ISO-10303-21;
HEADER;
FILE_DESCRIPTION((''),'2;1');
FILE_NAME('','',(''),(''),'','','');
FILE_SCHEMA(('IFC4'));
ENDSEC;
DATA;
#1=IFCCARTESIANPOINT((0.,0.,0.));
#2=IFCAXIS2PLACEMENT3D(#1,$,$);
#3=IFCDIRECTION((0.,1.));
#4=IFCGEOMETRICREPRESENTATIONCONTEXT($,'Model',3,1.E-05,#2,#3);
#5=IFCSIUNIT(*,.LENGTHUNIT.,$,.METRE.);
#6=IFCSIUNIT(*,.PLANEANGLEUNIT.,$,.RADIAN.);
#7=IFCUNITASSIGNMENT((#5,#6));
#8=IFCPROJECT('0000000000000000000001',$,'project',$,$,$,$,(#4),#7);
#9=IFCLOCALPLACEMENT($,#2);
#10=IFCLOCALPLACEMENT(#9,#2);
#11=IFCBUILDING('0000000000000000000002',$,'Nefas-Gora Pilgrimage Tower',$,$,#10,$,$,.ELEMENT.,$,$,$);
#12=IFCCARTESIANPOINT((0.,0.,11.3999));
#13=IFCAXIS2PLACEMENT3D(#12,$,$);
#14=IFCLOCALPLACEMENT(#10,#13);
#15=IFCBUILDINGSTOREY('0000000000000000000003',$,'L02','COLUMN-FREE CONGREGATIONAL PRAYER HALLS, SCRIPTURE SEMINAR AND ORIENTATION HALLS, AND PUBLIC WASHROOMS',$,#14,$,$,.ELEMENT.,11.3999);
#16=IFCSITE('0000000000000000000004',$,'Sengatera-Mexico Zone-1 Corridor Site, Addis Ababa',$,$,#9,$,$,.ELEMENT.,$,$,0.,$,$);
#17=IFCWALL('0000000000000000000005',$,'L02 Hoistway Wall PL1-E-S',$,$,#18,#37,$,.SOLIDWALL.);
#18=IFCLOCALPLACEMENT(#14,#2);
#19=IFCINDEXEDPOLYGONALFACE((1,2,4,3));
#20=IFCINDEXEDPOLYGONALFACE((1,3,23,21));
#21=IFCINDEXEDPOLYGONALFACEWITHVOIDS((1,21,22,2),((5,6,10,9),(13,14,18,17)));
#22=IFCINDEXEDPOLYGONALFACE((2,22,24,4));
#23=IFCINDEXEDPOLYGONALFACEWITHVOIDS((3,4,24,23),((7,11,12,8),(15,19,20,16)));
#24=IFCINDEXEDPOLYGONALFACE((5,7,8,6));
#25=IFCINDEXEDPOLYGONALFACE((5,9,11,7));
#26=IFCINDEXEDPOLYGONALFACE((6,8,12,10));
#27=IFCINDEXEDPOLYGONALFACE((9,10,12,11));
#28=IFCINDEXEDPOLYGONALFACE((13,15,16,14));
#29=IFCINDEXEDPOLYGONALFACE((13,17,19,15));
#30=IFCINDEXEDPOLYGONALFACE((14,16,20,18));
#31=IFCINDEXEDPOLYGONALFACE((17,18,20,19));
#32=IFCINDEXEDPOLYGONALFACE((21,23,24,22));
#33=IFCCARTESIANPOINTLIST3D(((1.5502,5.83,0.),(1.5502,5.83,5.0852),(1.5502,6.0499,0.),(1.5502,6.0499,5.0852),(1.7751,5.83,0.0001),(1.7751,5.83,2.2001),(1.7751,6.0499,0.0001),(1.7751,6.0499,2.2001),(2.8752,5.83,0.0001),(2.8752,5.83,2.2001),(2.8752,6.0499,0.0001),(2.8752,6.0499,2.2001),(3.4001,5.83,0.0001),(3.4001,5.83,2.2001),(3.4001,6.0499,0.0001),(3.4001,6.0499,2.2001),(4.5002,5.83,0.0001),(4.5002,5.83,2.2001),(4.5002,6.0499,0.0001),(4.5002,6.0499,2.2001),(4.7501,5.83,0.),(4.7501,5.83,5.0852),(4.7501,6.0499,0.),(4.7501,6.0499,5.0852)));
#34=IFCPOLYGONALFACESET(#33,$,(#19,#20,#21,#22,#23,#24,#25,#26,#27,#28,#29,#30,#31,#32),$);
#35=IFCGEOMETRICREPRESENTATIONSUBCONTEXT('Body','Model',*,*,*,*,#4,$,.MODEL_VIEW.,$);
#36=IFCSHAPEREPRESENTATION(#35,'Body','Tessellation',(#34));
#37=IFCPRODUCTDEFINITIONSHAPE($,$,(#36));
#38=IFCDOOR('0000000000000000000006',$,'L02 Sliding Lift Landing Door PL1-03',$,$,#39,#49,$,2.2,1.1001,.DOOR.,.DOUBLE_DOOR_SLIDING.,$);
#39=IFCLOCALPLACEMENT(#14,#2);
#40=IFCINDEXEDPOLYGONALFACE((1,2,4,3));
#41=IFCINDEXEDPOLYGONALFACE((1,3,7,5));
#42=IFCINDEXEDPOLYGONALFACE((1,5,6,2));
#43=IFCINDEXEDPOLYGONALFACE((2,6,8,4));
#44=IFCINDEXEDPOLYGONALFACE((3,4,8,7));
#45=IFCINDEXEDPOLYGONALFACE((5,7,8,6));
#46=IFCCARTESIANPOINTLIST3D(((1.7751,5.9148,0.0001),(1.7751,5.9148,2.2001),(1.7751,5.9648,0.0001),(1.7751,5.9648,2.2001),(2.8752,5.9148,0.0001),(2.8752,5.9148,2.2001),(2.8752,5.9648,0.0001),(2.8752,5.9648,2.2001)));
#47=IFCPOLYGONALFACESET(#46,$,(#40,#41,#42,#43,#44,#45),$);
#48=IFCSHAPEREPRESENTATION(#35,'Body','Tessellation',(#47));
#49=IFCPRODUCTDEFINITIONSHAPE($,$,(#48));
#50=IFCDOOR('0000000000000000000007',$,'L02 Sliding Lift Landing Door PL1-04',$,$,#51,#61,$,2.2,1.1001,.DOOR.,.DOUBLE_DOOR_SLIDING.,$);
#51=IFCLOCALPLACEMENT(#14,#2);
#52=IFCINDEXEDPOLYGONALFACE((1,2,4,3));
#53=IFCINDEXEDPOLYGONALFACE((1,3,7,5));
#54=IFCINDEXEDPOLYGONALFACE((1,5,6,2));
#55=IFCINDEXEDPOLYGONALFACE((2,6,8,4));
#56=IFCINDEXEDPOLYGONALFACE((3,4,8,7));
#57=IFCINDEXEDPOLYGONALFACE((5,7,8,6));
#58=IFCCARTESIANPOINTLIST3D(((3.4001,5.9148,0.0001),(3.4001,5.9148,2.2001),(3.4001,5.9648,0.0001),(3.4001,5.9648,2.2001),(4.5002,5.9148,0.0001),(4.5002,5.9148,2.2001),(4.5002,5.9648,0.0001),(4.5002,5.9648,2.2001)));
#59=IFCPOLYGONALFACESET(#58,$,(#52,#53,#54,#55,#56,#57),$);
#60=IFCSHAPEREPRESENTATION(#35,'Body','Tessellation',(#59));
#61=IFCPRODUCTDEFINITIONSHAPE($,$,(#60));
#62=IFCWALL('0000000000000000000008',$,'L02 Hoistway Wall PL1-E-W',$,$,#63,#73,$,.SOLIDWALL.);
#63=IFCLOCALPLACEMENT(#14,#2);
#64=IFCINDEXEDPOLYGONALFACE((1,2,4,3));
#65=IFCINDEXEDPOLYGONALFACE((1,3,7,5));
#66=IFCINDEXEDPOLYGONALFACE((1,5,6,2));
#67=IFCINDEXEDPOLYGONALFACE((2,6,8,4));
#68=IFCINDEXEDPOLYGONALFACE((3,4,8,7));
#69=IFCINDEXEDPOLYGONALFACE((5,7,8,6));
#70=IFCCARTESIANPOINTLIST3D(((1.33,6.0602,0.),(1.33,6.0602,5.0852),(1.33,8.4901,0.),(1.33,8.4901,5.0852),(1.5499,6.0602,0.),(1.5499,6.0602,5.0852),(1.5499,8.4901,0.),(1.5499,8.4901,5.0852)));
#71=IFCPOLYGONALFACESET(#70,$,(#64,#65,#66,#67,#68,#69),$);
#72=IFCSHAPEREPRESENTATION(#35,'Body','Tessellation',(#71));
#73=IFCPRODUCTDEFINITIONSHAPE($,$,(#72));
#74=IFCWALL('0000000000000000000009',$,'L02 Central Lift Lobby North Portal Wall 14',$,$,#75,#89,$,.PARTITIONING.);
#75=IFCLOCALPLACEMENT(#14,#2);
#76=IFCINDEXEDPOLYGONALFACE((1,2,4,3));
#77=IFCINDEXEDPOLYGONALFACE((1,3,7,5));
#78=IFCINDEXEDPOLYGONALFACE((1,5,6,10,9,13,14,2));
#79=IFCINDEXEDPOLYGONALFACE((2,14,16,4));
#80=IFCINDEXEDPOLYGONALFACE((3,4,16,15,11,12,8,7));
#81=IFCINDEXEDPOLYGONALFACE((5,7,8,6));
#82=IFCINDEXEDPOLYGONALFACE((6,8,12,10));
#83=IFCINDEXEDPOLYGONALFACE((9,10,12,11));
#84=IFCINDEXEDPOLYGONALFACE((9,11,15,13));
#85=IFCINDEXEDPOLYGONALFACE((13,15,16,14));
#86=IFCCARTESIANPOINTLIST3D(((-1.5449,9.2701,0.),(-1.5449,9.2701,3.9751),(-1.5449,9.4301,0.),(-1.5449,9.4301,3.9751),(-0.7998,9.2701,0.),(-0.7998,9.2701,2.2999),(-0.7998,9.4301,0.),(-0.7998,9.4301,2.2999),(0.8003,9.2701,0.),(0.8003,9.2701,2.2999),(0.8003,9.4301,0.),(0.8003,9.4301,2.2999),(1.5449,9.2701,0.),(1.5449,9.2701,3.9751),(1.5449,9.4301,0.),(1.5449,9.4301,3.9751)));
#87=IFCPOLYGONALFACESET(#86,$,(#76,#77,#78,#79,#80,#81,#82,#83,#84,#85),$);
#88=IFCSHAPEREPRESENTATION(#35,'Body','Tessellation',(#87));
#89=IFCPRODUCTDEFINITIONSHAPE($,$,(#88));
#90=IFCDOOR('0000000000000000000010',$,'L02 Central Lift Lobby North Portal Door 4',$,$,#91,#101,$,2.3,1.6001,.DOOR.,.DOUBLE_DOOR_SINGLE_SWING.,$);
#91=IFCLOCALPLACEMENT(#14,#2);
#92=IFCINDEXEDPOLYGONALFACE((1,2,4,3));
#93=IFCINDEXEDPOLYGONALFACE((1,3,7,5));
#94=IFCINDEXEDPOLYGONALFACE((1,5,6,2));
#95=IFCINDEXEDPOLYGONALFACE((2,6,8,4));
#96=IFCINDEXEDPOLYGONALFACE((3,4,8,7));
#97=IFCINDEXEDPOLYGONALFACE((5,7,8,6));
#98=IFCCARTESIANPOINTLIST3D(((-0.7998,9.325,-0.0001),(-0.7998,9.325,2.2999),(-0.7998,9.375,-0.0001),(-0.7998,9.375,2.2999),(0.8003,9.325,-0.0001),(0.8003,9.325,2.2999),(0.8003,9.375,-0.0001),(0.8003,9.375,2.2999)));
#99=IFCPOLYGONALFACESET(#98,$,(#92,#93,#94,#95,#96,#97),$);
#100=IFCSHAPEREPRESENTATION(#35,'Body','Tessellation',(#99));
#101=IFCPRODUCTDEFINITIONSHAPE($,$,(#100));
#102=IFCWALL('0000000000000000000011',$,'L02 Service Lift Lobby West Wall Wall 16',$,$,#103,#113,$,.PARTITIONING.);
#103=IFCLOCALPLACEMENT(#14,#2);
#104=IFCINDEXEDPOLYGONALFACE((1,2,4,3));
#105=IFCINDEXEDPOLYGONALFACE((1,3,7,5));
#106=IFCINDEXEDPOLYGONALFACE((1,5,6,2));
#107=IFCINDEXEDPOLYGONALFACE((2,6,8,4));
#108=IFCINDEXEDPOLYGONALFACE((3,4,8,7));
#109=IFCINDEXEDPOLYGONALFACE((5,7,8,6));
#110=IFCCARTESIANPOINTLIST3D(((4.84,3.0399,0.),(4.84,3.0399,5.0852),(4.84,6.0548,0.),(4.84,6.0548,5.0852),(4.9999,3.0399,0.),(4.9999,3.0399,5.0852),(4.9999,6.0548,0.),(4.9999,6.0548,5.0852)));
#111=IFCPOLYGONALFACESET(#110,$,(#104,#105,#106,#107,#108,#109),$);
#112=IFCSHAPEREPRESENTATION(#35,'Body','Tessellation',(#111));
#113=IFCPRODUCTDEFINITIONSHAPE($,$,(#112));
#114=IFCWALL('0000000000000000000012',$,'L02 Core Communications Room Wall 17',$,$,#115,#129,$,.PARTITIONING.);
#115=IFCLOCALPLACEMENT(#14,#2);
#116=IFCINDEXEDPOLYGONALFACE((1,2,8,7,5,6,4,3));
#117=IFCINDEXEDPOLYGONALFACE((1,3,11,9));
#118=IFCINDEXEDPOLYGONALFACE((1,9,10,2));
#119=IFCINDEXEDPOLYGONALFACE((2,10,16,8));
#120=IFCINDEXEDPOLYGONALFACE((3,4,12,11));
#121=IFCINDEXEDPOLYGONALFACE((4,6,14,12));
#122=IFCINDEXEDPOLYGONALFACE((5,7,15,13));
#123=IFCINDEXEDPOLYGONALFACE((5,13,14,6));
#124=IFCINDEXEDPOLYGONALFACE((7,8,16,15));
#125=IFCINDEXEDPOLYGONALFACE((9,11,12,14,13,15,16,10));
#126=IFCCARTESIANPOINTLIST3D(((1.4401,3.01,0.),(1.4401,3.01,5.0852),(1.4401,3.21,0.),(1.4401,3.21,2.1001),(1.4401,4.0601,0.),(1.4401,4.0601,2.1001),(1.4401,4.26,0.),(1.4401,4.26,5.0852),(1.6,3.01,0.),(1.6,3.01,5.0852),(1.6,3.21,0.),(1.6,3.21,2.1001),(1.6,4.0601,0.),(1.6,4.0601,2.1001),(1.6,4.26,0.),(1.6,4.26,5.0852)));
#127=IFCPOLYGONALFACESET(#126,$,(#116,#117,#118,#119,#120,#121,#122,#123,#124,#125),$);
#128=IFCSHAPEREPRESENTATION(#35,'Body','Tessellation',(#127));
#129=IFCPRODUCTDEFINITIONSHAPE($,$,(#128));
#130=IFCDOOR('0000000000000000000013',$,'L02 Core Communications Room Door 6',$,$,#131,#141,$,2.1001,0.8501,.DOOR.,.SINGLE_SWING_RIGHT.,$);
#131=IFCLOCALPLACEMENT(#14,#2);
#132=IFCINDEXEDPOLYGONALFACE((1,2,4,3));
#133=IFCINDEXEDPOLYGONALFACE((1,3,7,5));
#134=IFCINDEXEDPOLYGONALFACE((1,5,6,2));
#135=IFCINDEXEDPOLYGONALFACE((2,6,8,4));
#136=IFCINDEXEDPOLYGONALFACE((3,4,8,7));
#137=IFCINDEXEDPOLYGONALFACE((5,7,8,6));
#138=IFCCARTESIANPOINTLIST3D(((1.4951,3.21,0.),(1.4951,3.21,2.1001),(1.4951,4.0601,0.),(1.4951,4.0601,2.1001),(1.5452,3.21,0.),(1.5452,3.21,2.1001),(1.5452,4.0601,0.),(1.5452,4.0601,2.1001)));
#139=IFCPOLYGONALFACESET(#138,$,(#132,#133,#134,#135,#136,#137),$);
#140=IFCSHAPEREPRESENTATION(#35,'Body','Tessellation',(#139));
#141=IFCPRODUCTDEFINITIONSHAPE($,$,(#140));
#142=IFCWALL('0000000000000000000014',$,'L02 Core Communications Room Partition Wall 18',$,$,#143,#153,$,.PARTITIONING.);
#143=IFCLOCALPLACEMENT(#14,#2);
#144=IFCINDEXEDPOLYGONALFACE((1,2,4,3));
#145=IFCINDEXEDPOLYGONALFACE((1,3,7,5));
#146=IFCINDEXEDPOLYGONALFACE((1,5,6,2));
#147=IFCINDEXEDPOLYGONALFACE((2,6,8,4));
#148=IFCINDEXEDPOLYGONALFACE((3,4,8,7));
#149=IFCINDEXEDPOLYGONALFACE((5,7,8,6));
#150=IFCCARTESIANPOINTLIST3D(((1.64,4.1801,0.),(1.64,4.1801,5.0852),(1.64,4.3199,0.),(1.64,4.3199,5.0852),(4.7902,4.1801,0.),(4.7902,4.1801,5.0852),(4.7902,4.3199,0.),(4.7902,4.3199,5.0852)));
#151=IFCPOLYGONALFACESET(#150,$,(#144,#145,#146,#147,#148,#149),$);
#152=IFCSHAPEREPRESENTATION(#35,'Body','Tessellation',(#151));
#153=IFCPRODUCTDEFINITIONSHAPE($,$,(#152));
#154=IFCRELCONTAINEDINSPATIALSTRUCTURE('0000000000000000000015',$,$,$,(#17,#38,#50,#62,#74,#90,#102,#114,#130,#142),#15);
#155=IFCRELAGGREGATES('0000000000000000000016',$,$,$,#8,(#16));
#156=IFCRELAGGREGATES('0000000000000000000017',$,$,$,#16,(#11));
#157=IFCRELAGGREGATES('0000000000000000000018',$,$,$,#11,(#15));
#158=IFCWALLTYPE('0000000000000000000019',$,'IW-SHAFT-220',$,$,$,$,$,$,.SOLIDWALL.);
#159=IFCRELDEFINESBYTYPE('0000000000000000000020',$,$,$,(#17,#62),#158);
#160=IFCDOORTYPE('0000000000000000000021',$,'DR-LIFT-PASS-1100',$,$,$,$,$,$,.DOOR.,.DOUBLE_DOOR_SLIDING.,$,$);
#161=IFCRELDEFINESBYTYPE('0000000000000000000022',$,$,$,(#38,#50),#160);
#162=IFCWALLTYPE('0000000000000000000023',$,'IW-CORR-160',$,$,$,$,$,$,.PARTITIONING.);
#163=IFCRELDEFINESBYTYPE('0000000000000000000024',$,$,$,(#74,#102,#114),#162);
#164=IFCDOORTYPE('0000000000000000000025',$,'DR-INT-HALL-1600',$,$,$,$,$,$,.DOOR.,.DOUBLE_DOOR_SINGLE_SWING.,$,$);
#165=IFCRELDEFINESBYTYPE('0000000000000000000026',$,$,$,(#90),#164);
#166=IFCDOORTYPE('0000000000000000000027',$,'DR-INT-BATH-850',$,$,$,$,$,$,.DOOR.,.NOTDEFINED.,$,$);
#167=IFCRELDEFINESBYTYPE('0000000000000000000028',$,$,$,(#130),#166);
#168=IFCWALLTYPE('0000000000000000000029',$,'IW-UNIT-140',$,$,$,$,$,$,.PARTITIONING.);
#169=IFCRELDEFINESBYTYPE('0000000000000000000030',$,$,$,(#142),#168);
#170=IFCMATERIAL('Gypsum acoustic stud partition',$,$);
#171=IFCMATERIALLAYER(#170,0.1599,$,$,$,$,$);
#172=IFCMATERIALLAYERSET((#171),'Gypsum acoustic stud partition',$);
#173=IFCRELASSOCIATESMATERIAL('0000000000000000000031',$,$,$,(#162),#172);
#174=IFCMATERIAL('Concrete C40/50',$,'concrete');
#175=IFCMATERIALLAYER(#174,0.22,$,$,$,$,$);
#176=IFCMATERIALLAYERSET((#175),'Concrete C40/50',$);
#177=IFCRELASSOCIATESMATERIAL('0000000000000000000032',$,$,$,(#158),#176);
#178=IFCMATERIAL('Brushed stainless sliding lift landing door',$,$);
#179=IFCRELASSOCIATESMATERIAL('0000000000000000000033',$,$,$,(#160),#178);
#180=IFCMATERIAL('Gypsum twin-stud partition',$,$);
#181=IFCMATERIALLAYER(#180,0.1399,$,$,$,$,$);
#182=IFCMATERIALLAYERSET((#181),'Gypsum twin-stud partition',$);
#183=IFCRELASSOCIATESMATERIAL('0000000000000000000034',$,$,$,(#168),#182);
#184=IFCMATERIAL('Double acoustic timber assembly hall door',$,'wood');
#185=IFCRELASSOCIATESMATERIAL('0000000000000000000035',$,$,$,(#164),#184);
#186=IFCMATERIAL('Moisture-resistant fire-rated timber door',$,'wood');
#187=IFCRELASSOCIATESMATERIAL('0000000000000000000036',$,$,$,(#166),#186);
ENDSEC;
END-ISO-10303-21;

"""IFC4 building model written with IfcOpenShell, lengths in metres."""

from ifc_helpers import new_model, si_unit, direction, frame, frame_2d, origin, place, context, subcontext, project, spatial, rectangle, extrude, source, transform, mapped, material, layer, layer_set, type_object, element, fill, save


model = new_model("IFC4")

# Units and contexts
model_context = context("Model", 3, precision=1e-05, world=origin(), true_north=direction((0.0, 1.0)))
body_context = subcontext(model_context, "Body", "Model", "MODEL_VIEW")
ifc_project = project(units=[si_unit("LENGTHUNIT", "METRE"), si_unit("PLANEANGLEUNIT", "RADIAN")], contexts=[model_context])

# Site, building, storey
site_placement = place(None, origin())
site = spatial("IfcSite", under=ifc_project, at=site_placement, Name="Sengatera-Mexico Zone-1 Corridor Site, Addis Ababa", CompositionType="ELEMENT", RefElevation=0.0)
building_placement = place(site_placement, origin())
building = spatial("IfcBuilding", under=site, at=building_placement, Name="Nefas-Gora Pilgrimage Tower", CompositionType="ELEMENT")
storey_placement = place(building_placement, frame((0.0, 0.0, 11.3999)))
storey = spatial("IfcBuildingStorey", under=building, at=storey_placement, Name="L02", Description="COLUMN-FREE CONGREGATIONAL PRAYER HALLS, SCRIPTURE SEMINAR AND ORIENTATION HALLS, AND PUBLIC WASHROOMS", CompositionType="ELEMENT", Elevation=11.3999)

# Shared definitions
ifc_material_1 = material(Name="Gypsum acoustic stud partition")
ifc_layer_1 = layer(ifc_material_1, 0.1599)
ifc_layer_set_1 = layer_set([ifc_layer_1], Name="Gypsum acoustic stud partition")
wall_type_1 = type_object("IfcWallType", Name="IW-CORR-160", PredefinedType="PARTITIONING", material=ifc_layer_set_1)

# Wall, openings, doors
ifc_material_2 = material(Name="Concrete C40/50", Category="concrete")
ifc_layer_2 = layer(ifc_material_2, 0.22)
ifc_layer_set_2 = layer_set([ifc_layer_2], Name="Concrete C40/50")
wall_type_2 = type_object("IfcWallType", Name="IW-SHAFT-220", PredefinedType="SOLIDWALL", material=ifc_layer_set_2)
shared_shape_1 = source(origin(), body_context, "Body", "SweptSolid", [
    extrude(rectangle(XDim=3.2, YDim=0.22, at=frame_2d((1.6001, 0.0))), origin(), (0.0, 0.0, 1.0), 5.0852),
])
wall_1_placement = place(storey_placement, frame((1.55, 5.9399, 0.0), z_axis=(0.0, 0.0, 1.0), x_axis=(1.0, 0.0, 0.0)))
wall_1 = element("IfcWall", 1, at=wall_1_placement, inside=storey, type_object=wall_type_2, Name="L02 Hoistway Wall PL1-E-S", PredefinedType="SOLIDWALL", context=body_context, shape_type="MappedRepresentation", body=[
    mapped(shared_shape_1, transform((0.0, 0.0, 0.0), x_axis=(1.0, 0.0, 0.0), y_axis=(0.0, 1.0, 0.0), z_axis=(0.0, 0.0, 1.0), scale=1.0)),
])
opening_1_placement = place(wall_1_placement, frame((0.2251, 0.0, 0.0)))
opening_1 = element("IfcOpeningElement", 2, at=opening_1_placement, cuts=wall_1, PredefinedType="OPENING", context=body_context, shape_type="SweptSolid", body=[
    extrude(rectangle(XDim=1.1001, YDim=2.2, at=frame_2d((0.55, 1.1001))), frame((0.0, 0.1199, 0.0), z_axis=(0.0, -1.0, 0.0), x_axis=(1.0, 0.0, 0.0)), (0.0, 0.0, 1.0), 0.24),
])
opening_2_placement = place(wall_1_placement, frame((1.8501, 0.0, 0.0)))
opening_2 = element("IfcOpeningElement", 3, at=opening_2_placement, cuts=wall_1, PredefinedType="OPENING", context=body_context, shape_type="SweptSolid", body=[
    extrude(rectangle(XDim=1.1001, YDim=2.2, at=frame_2d((0.55, 1.1001))), frame((0.0, 0.1199, 0.0), z_axis=(0.0, -1.0, 0.0), x_axis=(1.0, 0.0, 0.0)), (0.0, 0.0, 1.0), 0.24),
])
ifc_material_3 = material(Name="Brushed stainless sliding lift landing door")
door_type_1 = type_object("IfcDoorType", Name="DR-LIFT-PASS-1100", OperationType="DOUBLE_DOOR_SLIDING", PredefinedType="DOOR", material=ifc_material_3)
shared_shape_2 = source(origin(), body_context, "Body", "SweptSolid", [
    extrude(rectangle(XDim=1.1001, YDim=2.2, at=frame_2d((0.55, 1.1001))), frame((0.0, 0.0249, 0.0), z_axis=(0.0, -1.0, 0.0), x_axis=(1.0, 0.0, 0.0)), (0.0, 0.0, 1.0), 0.05),
])
door_1_placement = place(opening_1_placement, origin())
door_1 = element("IfcDoor", 4, at=door_1_placement, inside=storey, type_object=door_type_1, Name="L02 Sliding Lift Landing Door PL1-03", OperationType="DOUBLE_DOOR_SLIDING", OverallHeight=2.2, OverallWidth=1.1001, PredefinedType="DOOR", context=body_context, shape_type="MappedRepresentation", body=[
    mapped(shared_shape_2, transform((0.0, 0.0, 0.0), x_axis=(1.0, 0.0, 0.0), y_axis=(0.0, 1.0, 0.0), z_axis=(0.0, 0.0, 1.0), scale=1.0)),
])
fill(opening_1, door_1)
door_2_placement = place(opening_2_placement, origin())
door_2 = element("IfcDoor", 5, at=door_2_placement, inside=storey, type_object=door_type_1, Name="L02 Sliding Lift Landing Door PL1-04", OperationType="DOUBLE_DOOR_SLIDING", OverallHeight=2.2, OverallWidth=1.1001, PredefinedType="DOOR", context=body_context, shape_type="MappedRepresentation", body=[
    mapped(shared_shape_2, transform((0.0, 0.0, 0.0), x_axis=(1.0, 0.0, 0.0), y_axis=(0.0, 1.0, 0.0), z_axis=(0.0, 0.0, 1.0), scale=1.0)),
])
fill(opening_2, door_2)

# Wall
shared_shape_3 = source(origin(), body_context, "Body", "SweptSolid", [
    extrude(rectangle(XDim=2.4299, YDim=0.22, at=frame_2d((1.2148, 0.0))), origin(), (0.0, 0.0, 1.0), 5.0852),
])
for number, where, z_axis, x_axis, name in (
    (6, (1.4399, 8.49, 0.0), (0.0, 0.0, 1.0), (0.0, -1.0, 0.0), "L02 Hoistway Wall PL1-E-W"),
):
    element("IfcWall", number, at=place(storey_placement, frame(where, z_axis=z_axis, x_axis=x_axis)), inside=storey, type_object=wall_type_2, Name=name, PredefinedType="SOLIDWALL", context=body_context, shape_type="MappedRepresentation", body=[
        mapped(shared_shape_3, transform((0.0, 0.0, 0.0), x_axis=(1.0, 0.0, 0.0), y_axis=(0.0, 1.0, 0.0), z_axis=(0.0, 0.0, 1.0), scale=1.0)),
    ])
ifc_material_4 = material(Name="Gypsum twin-stud partition")
ifc_layer_3 = layer(ifc_material_4, 0.1399)
ifc_layer_set_3 = layer_set([ifc_layer_3], Name="Gypsum twin-stud partition")
wall_type_3 = type_object("IfcWallType", Name="IW-UNIT-140", PredefinedType="PARTITIONING", material=ifc_layer_set_3)

# Wall, opening, door
shared_shape_4 = source(origin(), body_context, "Body", "SweptSolid", [
    extrude(rectangle(XDim=3.0898, YDim=0.1599, at=frame_2d((1.5449, 0.0))), origin(), (0.0, 0.0, 1.0), 3.9751),
])
wall_2_placement = place(storey_placement, frame((-1.5449, 9.3501, 0.0), z_axis=(0.0, 0.0, 1.0), x_axis=(1.0, 0.0, 0.0)))
wall_2 = element("IfcWall", 7, at=wall_2_placement, inside=storey, type_object=wall_type_1, Name="L02 Central Lift Lobby North Portal Wall 14", PredefinedType="PARTITIONING", context=body_context, shape_type="MappedRepresentation", body=[
    mapped(shared_shape_4, transform((0.0, 0.0, 0.0), x_axis=(1.0, 0.0, 0.0), y_axis=(0.0, 1.0, 0.0), z_axis=(0.0, 0.0, 1.0), scale=1.0)),
])
opening_3_placement = place(wall_2_placement, frame((0.7451, 0.0, 0.0)))
opening_3 = element("IfcOpeningElement", 8, at=opening_3_placement, cuts=wall_2, PredefinedType="OPENING", context=body_context, shape_type="SweptSolid", body=[
    extrude(rectangle(XDim=1.6001, YDim=2.3, at=frame_2d((0.8, 1.1499))), frame((0.0, 0.0898, 0.0), z_axis=(0.0, -1.0, 0.0), x_axis=(1.0, 0.0, 0.0)), (0.0, 0.0, 1.0), 0.1799),
])
ifc_material_5 = material(Name="Double acoustic timber assembly hall door", Category="wood")
door_type_2 = type_object("IfcDoorType", Name="DR-INT-HALL-1600", OperationType="DOUBLE_DOOR_SINGLE_SWING", PredefinedType="DOOR", material=ifc_material_5)
shared_shape_5 = source(origin(), body_context, "Body", "SweptSolid", [
    extrude(rectangle(XDim=1.6001, YDim=2.3, at=frame_2d((0.8, 1.1499))), frame((0.0, 0.0249, 0.0), z_axis=(0.0, -1.0, 0.0), x_axis=(1.0, 0.0, 0.0)), (0.0, 0.0, 1.0), 0.05),
])
door_3_placement = place(opening_3_placement, origin())
door_3 = element("IfcDoor", 9, at=door_3_placement, inside=storey, type_object=door_type_2, Name="L02 Central Lift Lobby North Portal Door 4", OperationType="DOUBLE_DOOR_SINGLE_SWING", OverallHeight=2.3, OverallWidth=1.6001, PredefinedType="DOOR", context=body_context, shape_type="MappedRepresentation", body=[
    mapped(shared_shape_5, transform((0.0, 0.0, 0.0), x_axis=(1.0, 0.0, 0.0), y_axis=(0.0, 1.0, 0.0), z_axis=(0.0, 0.0, 1.0), scale=1.0)),
])
fill(opening_3, door_3)

# Wall
shared_shape_6 = source(origin(), body_context, "Body", "SweptSolid", [
    extrude(rectangle(XDim=3.0149, YDim=0.1599, at=frame_2d((1.5073, 0.0))), origin(), (0.0, 0.0, 1.0), 5.0852),
])
wall_3_placement = place(storey_placement, frame((4.9199, 3.04, 0.0), z_axis=(0.0, 0.0, 1.0), x_axis=(0.0, 1.0, 0.0)))
element("IfcWall", 10, at=wall_3_placement, inside=storey, type_object=wall_type_1, Name="L02 Service Lift Lobby West Wall Wall 16", PredefinedType="PARTITIONING", context=body_context, shape_type="MappedRepresentation", body=[
    mapped(shared_shape_6, transform((0.0, 0.0, 0.0), x_axis=(1.0, 0.0, 0.0), y_axis=(0.0, 1.0, 0.0), z_axis=(0.0, 0.0, 1.0), scale=1.0)),
])

# Wall, opening, door
shared_shape_7 = source(origin(), body_context, "Body", "SweptSolid", [
    extrude(rectangle(XDim=1.25, YDim=0.1599, at=frame_2d((0.625, 0.0))), origin(), (0.0, 0.0, 1.0), 5.0852),
])
wall_4_placement = place(storey_placement, frame((1.52, 3.01, 0.0), z_axis=(0.0, 0.0, 1.0), x_axis=(0.0, 1.0, 0.0)))
wall_4 = element("IfcWall", 11, at=wall_4_placement, inside=storey, type_object=wall_type_1, Name="L02 Core Communications Room Wall 17", PredefinedType="PARTITIONING", context=body_context, shape_type="MappedRepresentation", body=[
    mapped(shared_shape_7, transform((0.0, 0.0, 0.0), x_axis=(1.0, 0.0, 0.0), y_axis=(0.0, 1.0, 0.0), z_axis=(0.0, 0.0, 1.0), scale=1.0)),
])
opening_4_placement = place(wall_4_placement, frame((0.2, 0.0, 0.0)))
opening_4 = element("IfcOpeningElement", 12, at=opening_4_placement, cuts=wall_4, PredefinedType="OPENING", context=body_context, shape_type="SweptSolid", body=[
    extrude(rectangle(XDim=0.8501, YDim=2.1001, at=frame_2d((0.425, 1.05))), frame((0.0, 0.0898, 0.0), z_axis=(0.0, -1.0, 0.0), x_axis=(1.0, 0.0, 0.0)), (0.0, 0.0, 1.0), 0.1799),
])
ifc_material_6 = material(Name="Moisture-resistant fire-rated timber door", Category="wood")
door_type_3 = type_object("IfcDoorType", Name="DR-INT-BATH-850", OperationType="NOTDEFINED", PredefinedType="DOOR", material=ifc_material_6)
shared_shape_8 = source(origin(), body_context, "Body", "SweptSolid", [
    extrude(rectangle(XDim=0.8501, YDim=2.1001, at=frame_2d((0.425, 1.05))), frame((0.0, 0.0249, 0.0), z_axis=(0.0, -1.0, 0.0), x_axis=(1.0, 0.0, 0.0)), (0.0, 0.0, 1.0), 0.05),
])
door_4_placement = place(opening_4_placement, origin())
door_4 = element("IfcDoor", 13, at=door_4_placement, inside=storey, type_object=door_type_3, Name="L02 Core Communications Room Door 6", OperationType="SINGLE_SWING_RIGHT", OverallHeight=2.1001, OverallWidth=0.8501, PredefinedType="DOOR", context=body_context, shape_type="MappedRepresentation", body=[
    mapped(shared_shape_8, transform((0.0, 0.0, 0.0), x_axis=(1.0, 0.0, 0.0), y_axis=(0.0, 1.0, 0.0), z_axis=(0.0, 0.0, 1.0), scale=1.0)),
])
fill(opening_4, door_4)

# Wall
shared_shape_9 = source(origin(), body_context, "Body", "SweptSolid", [
    extrude(rectangle(XDim=3.1501, YDim=0.1399, at=frame_2d((1.5752, 0.0))), origin(), (0.0, 0.0, 1.0), 5.0852),
])
wall_5_placement = place(storey_placement, frame((1.6399, 4.25, 0.0), z_axis=(0.0, 0.0, 1.0), x_axis=(1.0, 0.0, 0.0)))
element("IfcWall", 14, at=wall_5_placement, inside=storey, type_object=wall_type_3, Name="L02 Core Communications Room Partition Wall 18", PredefinedType="PARTITIONING", context=body_context, shape_type="MappedRepresentation", body=[
    mapped(shared_shape_9, transform((0.0, 0.0, 0.0), x_axis=(1.0, 0.0, 0.0), y_axis=(0.0, 1.0, 0.0), z_axis=(0.0, 0.0, 1.0), scale=1.0)),
])

save(model, "model.ifc")
